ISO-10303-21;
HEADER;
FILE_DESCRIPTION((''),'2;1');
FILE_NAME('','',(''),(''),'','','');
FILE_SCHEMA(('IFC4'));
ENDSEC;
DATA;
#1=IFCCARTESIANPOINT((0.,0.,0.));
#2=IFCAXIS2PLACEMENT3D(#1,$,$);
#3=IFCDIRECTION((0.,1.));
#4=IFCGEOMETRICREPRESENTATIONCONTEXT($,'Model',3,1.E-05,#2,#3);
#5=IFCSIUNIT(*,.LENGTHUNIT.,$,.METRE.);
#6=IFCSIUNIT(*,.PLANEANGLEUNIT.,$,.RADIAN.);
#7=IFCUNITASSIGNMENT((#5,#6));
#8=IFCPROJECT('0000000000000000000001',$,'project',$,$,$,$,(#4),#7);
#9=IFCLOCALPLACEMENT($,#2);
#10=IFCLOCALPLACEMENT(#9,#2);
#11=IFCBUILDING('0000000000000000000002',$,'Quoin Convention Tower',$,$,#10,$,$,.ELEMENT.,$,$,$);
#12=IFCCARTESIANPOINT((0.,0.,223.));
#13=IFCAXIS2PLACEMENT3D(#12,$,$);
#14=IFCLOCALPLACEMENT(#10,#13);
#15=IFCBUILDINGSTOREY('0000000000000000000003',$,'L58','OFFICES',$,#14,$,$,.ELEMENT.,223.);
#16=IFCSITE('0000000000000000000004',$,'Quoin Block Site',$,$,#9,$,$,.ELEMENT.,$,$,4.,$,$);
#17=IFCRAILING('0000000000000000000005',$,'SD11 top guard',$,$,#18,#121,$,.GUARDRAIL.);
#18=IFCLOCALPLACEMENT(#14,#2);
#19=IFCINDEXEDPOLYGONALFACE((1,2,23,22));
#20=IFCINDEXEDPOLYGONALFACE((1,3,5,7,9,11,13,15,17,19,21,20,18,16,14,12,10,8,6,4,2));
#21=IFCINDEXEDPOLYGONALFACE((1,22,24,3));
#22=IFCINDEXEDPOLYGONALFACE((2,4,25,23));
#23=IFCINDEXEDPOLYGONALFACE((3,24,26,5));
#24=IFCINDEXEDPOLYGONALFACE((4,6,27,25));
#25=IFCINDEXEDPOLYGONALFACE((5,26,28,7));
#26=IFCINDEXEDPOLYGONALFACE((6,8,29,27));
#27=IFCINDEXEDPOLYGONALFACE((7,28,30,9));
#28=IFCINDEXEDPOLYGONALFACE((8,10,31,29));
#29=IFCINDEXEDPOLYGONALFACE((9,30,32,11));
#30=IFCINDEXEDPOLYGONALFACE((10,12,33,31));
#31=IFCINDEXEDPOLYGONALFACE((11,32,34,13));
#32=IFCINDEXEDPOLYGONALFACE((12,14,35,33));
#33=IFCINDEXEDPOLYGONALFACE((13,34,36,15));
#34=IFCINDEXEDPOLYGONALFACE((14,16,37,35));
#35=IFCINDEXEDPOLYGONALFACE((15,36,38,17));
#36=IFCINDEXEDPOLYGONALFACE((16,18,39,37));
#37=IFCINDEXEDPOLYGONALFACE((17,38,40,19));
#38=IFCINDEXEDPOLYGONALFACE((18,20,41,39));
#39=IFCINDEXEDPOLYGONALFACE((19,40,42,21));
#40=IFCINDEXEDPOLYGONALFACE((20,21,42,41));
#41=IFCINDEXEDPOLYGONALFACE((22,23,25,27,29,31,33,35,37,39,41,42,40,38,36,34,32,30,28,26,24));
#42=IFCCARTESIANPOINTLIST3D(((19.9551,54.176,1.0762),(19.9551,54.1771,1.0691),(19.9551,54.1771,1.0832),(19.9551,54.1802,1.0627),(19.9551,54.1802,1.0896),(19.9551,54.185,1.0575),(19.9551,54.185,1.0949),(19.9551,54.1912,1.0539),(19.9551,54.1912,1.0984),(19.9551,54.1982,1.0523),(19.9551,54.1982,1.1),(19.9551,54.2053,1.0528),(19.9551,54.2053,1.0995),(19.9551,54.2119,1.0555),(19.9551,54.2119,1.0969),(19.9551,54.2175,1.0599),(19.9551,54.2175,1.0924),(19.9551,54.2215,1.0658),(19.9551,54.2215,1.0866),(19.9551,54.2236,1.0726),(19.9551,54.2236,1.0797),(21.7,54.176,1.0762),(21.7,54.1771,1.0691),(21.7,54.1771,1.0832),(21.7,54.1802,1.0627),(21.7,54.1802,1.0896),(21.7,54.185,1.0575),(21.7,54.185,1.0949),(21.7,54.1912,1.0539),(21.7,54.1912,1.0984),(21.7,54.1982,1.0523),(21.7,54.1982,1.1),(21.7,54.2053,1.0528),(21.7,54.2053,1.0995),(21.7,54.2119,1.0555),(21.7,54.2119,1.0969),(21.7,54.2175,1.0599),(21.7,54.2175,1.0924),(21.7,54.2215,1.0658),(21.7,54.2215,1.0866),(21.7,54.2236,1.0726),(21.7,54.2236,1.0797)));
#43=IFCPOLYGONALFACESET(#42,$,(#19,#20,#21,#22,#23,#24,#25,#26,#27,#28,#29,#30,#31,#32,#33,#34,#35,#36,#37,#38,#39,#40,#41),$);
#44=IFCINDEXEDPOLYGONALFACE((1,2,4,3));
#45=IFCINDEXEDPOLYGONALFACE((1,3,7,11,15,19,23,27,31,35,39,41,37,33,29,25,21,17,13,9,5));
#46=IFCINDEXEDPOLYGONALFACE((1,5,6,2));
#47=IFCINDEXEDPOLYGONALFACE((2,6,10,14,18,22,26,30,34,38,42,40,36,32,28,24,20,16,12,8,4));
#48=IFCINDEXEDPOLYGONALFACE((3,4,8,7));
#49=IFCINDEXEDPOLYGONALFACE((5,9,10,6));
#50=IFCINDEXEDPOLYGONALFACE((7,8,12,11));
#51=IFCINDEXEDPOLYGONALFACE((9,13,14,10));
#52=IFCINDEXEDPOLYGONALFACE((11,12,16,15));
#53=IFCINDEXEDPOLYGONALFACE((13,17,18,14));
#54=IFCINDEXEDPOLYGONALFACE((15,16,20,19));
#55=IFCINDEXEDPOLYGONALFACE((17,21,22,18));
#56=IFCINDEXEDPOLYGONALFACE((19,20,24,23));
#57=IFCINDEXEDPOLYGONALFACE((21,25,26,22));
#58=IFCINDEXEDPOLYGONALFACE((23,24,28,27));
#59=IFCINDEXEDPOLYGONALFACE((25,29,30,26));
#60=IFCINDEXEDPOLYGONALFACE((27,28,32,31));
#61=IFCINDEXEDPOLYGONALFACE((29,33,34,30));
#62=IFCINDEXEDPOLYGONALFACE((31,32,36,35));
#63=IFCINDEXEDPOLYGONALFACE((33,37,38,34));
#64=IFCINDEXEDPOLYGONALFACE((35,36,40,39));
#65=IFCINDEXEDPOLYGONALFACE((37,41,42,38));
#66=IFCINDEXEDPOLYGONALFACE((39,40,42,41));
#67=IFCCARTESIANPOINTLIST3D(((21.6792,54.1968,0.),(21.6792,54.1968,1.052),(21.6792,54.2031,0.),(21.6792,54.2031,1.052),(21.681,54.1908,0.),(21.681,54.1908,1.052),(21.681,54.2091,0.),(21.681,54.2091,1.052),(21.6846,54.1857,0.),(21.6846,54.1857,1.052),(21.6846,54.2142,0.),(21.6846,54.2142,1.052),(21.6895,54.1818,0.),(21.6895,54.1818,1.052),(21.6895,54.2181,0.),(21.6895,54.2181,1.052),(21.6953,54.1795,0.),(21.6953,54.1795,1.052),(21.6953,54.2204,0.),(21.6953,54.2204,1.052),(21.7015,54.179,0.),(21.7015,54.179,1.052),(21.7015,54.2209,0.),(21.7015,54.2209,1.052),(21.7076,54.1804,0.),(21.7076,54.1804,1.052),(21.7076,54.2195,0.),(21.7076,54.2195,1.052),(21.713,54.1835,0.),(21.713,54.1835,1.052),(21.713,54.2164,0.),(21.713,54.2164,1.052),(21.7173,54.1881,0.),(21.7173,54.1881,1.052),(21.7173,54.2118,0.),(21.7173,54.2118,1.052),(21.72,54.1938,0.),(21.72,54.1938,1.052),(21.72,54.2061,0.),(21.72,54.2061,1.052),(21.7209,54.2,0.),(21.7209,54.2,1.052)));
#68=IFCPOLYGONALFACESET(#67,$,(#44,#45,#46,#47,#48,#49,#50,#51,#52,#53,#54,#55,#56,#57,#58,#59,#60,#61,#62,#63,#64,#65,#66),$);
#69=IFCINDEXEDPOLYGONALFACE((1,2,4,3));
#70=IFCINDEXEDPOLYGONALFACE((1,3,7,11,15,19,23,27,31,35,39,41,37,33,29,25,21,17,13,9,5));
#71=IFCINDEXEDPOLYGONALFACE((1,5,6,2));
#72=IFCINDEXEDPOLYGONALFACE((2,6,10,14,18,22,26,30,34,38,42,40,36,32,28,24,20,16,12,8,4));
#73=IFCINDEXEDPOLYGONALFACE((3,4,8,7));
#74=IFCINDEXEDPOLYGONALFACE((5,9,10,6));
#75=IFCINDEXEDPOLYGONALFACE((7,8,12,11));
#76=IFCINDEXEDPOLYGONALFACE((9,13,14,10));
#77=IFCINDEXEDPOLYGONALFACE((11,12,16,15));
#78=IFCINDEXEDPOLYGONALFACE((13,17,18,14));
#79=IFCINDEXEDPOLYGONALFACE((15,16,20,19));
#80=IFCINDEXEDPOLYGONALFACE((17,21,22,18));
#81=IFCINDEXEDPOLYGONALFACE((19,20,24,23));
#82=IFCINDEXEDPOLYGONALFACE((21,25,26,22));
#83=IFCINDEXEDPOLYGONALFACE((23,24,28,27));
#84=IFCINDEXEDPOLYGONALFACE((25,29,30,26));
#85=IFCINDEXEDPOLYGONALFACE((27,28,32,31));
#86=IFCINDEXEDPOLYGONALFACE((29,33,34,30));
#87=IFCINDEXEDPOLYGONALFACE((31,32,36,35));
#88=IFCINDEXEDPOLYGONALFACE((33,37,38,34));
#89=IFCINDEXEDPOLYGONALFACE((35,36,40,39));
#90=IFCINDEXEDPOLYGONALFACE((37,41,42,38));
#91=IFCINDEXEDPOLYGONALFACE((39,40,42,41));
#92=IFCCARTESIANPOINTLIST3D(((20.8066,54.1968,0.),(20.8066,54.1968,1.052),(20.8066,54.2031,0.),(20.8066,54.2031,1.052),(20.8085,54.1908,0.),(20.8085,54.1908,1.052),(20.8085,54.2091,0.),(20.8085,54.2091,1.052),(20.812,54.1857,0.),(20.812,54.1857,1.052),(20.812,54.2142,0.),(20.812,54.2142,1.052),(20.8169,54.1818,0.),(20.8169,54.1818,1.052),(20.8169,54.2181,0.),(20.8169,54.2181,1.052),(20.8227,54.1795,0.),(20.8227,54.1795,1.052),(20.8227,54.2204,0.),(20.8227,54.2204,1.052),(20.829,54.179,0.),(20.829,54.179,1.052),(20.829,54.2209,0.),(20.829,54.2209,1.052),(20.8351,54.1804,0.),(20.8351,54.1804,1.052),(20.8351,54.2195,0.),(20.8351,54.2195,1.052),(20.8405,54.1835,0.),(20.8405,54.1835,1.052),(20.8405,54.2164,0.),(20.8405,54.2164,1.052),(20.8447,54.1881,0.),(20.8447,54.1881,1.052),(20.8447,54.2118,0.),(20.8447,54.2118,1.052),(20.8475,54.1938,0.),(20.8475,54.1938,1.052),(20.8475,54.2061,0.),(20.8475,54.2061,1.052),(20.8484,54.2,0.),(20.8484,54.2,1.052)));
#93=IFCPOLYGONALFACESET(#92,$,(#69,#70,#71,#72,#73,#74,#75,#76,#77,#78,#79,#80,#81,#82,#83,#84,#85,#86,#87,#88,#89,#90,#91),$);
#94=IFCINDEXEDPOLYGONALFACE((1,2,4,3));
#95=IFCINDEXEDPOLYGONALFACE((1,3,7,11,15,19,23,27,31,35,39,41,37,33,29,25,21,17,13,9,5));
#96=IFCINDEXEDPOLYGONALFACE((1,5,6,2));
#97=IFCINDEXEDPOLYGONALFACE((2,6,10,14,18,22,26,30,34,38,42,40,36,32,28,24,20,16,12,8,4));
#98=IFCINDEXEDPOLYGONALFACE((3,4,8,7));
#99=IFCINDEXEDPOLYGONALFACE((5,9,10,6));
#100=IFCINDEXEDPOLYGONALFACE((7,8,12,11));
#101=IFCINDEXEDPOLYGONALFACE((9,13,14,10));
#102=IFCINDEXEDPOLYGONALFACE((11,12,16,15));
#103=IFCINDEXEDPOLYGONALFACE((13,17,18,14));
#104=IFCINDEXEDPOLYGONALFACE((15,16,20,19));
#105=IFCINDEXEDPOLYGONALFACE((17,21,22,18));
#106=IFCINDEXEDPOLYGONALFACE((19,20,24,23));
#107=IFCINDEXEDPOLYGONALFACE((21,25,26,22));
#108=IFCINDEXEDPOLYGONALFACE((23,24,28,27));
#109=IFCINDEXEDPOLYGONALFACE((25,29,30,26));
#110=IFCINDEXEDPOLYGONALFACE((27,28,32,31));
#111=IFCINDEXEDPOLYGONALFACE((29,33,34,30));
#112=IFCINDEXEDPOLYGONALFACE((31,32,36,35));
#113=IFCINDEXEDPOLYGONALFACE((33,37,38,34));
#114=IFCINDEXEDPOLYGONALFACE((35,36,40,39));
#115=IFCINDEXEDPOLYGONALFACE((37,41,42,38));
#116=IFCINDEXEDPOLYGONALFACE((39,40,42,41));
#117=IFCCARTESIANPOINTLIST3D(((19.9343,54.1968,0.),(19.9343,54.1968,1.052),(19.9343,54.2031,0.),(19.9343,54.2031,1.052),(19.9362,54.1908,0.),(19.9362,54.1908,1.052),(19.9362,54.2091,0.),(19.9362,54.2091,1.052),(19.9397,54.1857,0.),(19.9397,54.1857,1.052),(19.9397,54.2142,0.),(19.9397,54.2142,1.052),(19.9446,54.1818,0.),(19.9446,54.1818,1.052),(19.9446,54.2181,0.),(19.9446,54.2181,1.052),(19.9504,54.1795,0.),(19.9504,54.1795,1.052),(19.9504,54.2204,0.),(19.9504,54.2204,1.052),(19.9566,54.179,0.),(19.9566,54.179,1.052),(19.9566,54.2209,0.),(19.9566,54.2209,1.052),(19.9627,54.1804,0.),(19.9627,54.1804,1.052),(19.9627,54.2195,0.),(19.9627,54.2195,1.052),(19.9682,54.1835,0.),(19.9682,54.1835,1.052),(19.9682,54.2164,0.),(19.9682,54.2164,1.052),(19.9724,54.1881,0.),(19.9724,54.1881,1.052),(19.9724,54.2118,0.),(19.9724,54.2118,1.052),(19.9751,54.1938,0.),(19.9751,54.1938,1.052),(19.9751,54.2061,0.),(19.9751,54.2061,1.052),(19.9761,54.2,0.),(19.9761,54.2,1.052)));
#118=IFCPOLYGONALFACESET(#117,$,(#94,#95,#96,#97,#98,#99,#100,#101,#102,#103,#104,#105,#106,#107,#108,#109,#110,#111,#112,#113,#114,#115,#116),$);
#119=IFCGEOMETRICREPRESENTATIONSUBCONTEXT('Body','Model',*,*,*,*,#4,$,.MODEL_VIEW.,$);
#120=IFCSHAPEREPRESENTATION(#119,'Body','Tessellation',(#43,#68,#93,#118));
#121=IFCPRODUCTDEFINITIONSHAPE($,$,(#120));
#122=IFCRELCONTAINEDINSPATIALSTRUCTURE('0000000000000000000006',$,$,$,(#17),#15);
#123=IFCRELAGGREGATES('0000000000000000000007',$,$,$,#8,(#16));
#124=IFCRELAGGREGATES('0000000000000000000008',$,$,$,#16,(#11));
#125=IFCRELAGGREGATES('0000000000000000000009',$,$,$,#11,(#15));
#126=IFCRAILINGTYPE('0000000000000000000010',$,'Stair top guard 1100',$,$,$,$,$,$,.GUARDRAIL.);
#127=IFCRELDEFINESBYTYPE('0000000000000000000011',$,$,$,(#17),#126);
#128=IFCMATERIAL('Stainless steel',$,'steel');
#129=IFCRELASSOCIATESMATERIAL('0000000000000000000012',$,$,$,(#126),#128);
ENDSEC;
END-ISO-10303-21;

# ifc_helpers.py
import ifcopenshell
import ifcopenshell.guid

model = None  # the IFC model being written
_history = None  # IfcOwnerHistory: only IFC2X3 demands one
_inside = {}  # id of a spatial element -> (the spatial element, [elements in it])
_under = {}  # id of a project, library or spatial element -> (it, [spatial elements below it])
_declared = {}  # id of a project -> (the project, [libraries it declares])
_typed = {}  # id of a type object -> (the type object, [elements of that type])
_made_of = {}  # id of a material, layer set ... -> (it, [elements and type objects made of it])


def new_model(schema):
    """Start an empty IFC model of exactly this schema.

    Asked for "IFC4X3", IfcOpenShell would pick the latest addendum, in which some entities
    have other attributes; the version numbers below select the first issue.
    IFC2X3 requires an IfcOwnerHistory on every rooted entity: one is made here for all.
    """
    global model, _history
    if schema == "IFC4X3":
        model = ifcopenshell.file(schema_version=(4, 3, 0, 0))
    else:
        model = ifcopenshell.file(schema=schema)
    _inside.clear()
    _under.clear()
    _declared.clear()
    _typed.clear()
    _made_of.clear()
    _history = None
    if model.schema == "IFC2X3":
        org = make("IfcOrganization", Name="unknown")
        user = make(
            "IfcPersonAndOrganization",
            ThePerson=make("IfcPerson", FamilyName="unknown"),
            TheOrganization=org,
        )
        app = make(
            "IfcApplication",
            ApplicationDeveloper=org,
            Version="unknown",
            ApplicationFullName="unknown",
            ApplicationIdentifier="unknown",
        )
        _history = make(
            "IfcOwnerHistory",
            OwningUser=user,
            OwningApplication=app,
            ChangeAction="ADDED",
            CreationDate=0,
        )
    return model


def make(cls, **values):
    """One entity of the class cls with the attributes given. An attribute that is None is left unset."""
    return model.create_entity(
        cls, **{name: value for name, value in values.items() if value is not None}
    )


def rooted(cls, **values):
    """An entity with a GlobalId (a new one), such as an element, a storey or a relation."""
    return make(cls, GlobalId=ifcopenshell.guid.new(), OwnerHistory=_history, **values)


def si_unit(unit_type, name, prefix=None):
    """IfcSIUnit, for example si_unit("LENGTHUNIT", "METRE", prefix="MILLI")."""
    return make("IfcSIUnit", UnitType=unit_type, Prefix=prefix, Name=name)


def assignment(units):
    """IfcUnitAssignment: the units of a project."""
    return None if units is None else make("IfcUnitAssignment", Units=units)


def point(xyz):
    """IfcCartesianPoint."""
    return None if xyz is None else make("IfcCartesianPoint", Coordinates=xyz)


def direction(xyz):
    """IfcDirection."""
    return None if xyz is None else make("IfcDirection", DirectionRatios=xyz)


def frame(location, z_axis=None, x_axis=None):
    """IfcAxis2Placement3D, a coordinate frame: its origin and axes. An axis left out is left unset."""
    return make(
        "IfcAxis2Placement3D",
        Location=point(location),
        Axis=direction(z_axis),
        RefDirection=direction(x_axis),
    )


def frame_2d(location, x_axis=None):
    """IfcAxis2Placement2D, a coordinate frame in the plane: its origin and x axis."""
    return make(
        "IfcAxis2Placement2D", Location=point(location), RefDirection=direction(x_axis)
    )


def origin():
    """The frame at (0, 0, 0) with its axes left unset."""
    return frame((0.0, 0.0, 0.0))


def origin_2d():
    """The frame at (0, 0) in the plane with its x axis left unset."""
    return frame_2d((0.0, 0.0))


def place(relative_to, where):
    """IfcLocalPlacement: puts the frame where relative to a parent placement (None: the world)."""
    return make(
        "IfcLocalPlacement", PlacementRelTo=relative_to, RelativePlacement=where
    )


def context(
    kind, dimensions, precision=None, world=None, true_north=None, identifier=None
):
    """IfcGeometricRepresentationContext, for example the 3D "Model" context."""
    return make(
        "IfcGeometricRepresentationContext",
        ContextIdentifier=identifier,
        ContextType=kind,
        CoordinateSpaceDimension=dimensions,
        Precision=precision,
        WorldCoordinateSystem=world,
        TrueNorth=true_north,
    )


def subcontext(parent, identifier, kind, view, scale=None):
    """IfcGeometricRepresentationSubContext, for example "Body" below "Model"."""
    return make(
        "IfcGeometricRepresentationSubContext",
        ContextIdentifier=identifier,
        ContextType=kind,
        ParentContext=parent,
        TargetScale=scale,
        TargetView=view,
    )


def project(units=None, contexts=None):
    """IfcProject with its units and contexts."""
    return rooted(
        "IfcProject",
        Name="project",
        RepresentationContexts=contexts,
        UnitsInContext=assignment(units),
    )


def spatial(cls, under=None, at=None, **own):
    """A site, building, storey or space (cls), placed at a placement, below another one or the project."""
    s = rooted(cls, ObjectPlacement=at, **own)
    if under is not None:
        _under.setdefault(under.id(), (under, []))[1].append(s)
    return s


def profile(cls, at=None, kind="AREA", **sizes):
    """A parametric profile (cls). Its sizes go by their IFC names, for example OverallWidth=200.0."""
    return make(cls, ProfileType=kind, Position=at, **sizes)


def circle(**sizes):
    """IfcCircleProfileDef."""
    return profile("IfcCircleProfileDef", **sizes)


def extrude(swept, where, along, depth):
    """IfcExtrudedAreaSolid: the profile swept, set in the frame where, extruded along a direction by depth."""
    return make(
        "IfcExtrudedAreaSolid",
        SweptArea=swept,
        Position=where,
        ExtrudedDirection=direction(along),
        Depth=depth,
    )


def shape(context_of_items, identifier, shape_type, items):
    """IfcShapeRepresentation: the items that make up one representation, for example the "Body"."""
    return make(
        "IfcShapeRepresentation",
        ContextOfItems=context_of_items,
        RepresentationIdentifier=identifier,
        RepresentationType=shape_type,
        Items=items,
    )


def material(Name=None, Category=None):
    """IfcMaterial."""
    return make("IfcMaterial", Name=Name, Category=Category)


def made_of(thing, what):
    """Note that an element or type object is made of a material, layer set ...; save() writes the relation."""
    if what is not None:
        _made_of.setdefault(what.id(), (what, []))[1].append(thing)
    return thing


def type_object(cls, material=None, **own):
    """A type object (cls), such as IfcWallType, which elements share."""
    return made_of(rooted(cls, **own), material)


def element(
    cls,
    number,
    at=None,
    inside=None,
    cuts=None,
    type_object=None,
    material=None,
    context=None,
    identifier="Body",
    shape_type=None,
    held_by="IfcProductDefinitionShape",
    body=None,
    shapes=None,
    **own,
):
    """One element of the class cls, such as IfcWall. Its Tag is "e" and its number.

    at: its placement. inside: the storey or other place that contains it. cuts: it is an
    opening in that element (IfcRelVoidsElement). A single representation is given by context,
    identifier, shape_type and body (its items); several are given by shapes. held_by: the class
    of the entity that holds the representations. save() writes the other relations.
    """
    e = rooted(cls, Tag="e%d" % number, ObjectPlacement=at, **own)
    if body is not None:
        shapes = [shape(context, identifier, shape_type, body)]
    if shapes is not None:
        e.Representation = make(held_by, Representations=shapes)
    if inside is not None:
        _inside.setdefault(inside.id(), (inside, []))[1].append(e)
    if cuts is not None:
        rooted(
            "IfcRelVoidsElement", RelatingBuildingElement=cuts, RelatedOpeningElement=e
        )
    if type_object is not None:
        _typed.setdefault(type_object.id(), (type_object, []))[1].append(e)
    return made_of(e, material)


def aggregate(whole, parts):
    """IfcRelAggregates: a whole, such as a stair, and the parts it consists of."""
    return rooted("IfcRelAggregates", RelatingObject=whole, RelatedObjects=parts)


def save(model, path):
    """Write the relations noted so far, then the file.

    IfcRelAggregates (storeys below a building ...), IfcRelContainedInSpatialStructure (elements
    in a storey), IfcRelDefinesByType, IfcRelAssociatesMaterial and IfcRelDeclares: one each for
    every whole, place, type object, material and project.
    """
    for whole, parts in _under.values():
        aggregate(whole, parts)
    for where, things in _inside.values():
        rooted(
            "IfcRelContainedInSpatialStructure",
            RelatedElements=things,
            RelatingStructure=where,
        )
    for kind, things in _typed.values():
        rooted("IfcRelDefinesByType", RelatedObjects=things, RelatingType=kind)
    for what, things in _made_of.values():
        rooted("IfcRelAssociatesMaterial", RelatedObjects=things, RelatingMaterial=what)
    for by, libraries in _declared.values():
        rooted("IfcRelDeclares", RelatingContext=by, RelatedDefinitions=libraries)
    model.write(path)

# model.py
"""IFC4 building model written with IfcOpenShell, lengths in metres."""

from ifc_helpers import new_model, si_unit, direction, frame, origin, origin_2d, place, context, subcontext, project, spatial, circle, extrude, material, type_object, element, save


model = new_model("IFC4")

# Units and contexts
model_context = context("Model", 3, precision=1e-05, world=origin(), true_north=direction((0.0, 1.0)))
body_context = subcontext(model_context, "Body", "Model", "MODEL_VIEW")
ifc_project = project(units=[si_unit("LENGTHUNIT", "METRE"), si_unit("PLANEANGLEUNIT", "RADIAN")], contexts=[model_context])

# Site, building, storey
site_placement = place(None, origin())
site = spatial("IfcSite", under=ifc_project, at=site_placement, Name="Quoin Block Site", CompositionType="ELEMENT", RefElevation=4.0)
building_placement = place(site_placement, origin())
building = spatial("IfcBuilding", under=site, at=building_placement, Name="Quoin Convention Tower", CompositionType="ELEMENT")
storey_placement = place(building_placement, frame((0.0, 0.0, 223.0)))
storey = spatial("IfcBuildingStorey", under=building, at=storey_placement, Name="L58", Description="OFFICES", CompositionType="ELEMENT", Elevation=223.0)

# Railing
ifc_material_1 = material(Name="Stainless steel", Category="steel")
railing_type_1 = type_object("IfcRailingType", Name="Stair top guard 1100", PredefinedType="GUARDRAIL", material=ifc_material_1)
railing_1_placement = place(storey_placement, frame((21.7, 54.2, 0.0)))
element("IfcRailing", 1, at=railing_1_placement, inside=storey, type_object=railing_type_1, Name="SD11 top guard", PredefinedType="GUARDRAIL", context=body_context, shape_type="SweptSolid", body=[
    extrude(circle(Radius=0.0239, at=origin_2d()), frame((0.0, 0.0, 1.0762), z_axis=(-1.0, 0.0, 0.0), x_axis=(0.0, -1.0, 0.0)), (0.0, 0.0, 1.0), 1.7449),
    extrude(circle(Radius=0.021, at=origin_2d()), origin(), (0.0, 0.0, 1.0), 1.052),
    extrude(circle(Radius=0.021, at=origin_2d()), frame((-0.8726, 0.0, 0.0)), (0.0, 0.0, 1.0), 1.052),
    extrude(circle(Radius=0.021, at=origin_2d()), frame((-1.7449, 0.0, 0.0)), (0.0, 0.0, 1.0), 1.052),
])

save(model, "model.ifc")
